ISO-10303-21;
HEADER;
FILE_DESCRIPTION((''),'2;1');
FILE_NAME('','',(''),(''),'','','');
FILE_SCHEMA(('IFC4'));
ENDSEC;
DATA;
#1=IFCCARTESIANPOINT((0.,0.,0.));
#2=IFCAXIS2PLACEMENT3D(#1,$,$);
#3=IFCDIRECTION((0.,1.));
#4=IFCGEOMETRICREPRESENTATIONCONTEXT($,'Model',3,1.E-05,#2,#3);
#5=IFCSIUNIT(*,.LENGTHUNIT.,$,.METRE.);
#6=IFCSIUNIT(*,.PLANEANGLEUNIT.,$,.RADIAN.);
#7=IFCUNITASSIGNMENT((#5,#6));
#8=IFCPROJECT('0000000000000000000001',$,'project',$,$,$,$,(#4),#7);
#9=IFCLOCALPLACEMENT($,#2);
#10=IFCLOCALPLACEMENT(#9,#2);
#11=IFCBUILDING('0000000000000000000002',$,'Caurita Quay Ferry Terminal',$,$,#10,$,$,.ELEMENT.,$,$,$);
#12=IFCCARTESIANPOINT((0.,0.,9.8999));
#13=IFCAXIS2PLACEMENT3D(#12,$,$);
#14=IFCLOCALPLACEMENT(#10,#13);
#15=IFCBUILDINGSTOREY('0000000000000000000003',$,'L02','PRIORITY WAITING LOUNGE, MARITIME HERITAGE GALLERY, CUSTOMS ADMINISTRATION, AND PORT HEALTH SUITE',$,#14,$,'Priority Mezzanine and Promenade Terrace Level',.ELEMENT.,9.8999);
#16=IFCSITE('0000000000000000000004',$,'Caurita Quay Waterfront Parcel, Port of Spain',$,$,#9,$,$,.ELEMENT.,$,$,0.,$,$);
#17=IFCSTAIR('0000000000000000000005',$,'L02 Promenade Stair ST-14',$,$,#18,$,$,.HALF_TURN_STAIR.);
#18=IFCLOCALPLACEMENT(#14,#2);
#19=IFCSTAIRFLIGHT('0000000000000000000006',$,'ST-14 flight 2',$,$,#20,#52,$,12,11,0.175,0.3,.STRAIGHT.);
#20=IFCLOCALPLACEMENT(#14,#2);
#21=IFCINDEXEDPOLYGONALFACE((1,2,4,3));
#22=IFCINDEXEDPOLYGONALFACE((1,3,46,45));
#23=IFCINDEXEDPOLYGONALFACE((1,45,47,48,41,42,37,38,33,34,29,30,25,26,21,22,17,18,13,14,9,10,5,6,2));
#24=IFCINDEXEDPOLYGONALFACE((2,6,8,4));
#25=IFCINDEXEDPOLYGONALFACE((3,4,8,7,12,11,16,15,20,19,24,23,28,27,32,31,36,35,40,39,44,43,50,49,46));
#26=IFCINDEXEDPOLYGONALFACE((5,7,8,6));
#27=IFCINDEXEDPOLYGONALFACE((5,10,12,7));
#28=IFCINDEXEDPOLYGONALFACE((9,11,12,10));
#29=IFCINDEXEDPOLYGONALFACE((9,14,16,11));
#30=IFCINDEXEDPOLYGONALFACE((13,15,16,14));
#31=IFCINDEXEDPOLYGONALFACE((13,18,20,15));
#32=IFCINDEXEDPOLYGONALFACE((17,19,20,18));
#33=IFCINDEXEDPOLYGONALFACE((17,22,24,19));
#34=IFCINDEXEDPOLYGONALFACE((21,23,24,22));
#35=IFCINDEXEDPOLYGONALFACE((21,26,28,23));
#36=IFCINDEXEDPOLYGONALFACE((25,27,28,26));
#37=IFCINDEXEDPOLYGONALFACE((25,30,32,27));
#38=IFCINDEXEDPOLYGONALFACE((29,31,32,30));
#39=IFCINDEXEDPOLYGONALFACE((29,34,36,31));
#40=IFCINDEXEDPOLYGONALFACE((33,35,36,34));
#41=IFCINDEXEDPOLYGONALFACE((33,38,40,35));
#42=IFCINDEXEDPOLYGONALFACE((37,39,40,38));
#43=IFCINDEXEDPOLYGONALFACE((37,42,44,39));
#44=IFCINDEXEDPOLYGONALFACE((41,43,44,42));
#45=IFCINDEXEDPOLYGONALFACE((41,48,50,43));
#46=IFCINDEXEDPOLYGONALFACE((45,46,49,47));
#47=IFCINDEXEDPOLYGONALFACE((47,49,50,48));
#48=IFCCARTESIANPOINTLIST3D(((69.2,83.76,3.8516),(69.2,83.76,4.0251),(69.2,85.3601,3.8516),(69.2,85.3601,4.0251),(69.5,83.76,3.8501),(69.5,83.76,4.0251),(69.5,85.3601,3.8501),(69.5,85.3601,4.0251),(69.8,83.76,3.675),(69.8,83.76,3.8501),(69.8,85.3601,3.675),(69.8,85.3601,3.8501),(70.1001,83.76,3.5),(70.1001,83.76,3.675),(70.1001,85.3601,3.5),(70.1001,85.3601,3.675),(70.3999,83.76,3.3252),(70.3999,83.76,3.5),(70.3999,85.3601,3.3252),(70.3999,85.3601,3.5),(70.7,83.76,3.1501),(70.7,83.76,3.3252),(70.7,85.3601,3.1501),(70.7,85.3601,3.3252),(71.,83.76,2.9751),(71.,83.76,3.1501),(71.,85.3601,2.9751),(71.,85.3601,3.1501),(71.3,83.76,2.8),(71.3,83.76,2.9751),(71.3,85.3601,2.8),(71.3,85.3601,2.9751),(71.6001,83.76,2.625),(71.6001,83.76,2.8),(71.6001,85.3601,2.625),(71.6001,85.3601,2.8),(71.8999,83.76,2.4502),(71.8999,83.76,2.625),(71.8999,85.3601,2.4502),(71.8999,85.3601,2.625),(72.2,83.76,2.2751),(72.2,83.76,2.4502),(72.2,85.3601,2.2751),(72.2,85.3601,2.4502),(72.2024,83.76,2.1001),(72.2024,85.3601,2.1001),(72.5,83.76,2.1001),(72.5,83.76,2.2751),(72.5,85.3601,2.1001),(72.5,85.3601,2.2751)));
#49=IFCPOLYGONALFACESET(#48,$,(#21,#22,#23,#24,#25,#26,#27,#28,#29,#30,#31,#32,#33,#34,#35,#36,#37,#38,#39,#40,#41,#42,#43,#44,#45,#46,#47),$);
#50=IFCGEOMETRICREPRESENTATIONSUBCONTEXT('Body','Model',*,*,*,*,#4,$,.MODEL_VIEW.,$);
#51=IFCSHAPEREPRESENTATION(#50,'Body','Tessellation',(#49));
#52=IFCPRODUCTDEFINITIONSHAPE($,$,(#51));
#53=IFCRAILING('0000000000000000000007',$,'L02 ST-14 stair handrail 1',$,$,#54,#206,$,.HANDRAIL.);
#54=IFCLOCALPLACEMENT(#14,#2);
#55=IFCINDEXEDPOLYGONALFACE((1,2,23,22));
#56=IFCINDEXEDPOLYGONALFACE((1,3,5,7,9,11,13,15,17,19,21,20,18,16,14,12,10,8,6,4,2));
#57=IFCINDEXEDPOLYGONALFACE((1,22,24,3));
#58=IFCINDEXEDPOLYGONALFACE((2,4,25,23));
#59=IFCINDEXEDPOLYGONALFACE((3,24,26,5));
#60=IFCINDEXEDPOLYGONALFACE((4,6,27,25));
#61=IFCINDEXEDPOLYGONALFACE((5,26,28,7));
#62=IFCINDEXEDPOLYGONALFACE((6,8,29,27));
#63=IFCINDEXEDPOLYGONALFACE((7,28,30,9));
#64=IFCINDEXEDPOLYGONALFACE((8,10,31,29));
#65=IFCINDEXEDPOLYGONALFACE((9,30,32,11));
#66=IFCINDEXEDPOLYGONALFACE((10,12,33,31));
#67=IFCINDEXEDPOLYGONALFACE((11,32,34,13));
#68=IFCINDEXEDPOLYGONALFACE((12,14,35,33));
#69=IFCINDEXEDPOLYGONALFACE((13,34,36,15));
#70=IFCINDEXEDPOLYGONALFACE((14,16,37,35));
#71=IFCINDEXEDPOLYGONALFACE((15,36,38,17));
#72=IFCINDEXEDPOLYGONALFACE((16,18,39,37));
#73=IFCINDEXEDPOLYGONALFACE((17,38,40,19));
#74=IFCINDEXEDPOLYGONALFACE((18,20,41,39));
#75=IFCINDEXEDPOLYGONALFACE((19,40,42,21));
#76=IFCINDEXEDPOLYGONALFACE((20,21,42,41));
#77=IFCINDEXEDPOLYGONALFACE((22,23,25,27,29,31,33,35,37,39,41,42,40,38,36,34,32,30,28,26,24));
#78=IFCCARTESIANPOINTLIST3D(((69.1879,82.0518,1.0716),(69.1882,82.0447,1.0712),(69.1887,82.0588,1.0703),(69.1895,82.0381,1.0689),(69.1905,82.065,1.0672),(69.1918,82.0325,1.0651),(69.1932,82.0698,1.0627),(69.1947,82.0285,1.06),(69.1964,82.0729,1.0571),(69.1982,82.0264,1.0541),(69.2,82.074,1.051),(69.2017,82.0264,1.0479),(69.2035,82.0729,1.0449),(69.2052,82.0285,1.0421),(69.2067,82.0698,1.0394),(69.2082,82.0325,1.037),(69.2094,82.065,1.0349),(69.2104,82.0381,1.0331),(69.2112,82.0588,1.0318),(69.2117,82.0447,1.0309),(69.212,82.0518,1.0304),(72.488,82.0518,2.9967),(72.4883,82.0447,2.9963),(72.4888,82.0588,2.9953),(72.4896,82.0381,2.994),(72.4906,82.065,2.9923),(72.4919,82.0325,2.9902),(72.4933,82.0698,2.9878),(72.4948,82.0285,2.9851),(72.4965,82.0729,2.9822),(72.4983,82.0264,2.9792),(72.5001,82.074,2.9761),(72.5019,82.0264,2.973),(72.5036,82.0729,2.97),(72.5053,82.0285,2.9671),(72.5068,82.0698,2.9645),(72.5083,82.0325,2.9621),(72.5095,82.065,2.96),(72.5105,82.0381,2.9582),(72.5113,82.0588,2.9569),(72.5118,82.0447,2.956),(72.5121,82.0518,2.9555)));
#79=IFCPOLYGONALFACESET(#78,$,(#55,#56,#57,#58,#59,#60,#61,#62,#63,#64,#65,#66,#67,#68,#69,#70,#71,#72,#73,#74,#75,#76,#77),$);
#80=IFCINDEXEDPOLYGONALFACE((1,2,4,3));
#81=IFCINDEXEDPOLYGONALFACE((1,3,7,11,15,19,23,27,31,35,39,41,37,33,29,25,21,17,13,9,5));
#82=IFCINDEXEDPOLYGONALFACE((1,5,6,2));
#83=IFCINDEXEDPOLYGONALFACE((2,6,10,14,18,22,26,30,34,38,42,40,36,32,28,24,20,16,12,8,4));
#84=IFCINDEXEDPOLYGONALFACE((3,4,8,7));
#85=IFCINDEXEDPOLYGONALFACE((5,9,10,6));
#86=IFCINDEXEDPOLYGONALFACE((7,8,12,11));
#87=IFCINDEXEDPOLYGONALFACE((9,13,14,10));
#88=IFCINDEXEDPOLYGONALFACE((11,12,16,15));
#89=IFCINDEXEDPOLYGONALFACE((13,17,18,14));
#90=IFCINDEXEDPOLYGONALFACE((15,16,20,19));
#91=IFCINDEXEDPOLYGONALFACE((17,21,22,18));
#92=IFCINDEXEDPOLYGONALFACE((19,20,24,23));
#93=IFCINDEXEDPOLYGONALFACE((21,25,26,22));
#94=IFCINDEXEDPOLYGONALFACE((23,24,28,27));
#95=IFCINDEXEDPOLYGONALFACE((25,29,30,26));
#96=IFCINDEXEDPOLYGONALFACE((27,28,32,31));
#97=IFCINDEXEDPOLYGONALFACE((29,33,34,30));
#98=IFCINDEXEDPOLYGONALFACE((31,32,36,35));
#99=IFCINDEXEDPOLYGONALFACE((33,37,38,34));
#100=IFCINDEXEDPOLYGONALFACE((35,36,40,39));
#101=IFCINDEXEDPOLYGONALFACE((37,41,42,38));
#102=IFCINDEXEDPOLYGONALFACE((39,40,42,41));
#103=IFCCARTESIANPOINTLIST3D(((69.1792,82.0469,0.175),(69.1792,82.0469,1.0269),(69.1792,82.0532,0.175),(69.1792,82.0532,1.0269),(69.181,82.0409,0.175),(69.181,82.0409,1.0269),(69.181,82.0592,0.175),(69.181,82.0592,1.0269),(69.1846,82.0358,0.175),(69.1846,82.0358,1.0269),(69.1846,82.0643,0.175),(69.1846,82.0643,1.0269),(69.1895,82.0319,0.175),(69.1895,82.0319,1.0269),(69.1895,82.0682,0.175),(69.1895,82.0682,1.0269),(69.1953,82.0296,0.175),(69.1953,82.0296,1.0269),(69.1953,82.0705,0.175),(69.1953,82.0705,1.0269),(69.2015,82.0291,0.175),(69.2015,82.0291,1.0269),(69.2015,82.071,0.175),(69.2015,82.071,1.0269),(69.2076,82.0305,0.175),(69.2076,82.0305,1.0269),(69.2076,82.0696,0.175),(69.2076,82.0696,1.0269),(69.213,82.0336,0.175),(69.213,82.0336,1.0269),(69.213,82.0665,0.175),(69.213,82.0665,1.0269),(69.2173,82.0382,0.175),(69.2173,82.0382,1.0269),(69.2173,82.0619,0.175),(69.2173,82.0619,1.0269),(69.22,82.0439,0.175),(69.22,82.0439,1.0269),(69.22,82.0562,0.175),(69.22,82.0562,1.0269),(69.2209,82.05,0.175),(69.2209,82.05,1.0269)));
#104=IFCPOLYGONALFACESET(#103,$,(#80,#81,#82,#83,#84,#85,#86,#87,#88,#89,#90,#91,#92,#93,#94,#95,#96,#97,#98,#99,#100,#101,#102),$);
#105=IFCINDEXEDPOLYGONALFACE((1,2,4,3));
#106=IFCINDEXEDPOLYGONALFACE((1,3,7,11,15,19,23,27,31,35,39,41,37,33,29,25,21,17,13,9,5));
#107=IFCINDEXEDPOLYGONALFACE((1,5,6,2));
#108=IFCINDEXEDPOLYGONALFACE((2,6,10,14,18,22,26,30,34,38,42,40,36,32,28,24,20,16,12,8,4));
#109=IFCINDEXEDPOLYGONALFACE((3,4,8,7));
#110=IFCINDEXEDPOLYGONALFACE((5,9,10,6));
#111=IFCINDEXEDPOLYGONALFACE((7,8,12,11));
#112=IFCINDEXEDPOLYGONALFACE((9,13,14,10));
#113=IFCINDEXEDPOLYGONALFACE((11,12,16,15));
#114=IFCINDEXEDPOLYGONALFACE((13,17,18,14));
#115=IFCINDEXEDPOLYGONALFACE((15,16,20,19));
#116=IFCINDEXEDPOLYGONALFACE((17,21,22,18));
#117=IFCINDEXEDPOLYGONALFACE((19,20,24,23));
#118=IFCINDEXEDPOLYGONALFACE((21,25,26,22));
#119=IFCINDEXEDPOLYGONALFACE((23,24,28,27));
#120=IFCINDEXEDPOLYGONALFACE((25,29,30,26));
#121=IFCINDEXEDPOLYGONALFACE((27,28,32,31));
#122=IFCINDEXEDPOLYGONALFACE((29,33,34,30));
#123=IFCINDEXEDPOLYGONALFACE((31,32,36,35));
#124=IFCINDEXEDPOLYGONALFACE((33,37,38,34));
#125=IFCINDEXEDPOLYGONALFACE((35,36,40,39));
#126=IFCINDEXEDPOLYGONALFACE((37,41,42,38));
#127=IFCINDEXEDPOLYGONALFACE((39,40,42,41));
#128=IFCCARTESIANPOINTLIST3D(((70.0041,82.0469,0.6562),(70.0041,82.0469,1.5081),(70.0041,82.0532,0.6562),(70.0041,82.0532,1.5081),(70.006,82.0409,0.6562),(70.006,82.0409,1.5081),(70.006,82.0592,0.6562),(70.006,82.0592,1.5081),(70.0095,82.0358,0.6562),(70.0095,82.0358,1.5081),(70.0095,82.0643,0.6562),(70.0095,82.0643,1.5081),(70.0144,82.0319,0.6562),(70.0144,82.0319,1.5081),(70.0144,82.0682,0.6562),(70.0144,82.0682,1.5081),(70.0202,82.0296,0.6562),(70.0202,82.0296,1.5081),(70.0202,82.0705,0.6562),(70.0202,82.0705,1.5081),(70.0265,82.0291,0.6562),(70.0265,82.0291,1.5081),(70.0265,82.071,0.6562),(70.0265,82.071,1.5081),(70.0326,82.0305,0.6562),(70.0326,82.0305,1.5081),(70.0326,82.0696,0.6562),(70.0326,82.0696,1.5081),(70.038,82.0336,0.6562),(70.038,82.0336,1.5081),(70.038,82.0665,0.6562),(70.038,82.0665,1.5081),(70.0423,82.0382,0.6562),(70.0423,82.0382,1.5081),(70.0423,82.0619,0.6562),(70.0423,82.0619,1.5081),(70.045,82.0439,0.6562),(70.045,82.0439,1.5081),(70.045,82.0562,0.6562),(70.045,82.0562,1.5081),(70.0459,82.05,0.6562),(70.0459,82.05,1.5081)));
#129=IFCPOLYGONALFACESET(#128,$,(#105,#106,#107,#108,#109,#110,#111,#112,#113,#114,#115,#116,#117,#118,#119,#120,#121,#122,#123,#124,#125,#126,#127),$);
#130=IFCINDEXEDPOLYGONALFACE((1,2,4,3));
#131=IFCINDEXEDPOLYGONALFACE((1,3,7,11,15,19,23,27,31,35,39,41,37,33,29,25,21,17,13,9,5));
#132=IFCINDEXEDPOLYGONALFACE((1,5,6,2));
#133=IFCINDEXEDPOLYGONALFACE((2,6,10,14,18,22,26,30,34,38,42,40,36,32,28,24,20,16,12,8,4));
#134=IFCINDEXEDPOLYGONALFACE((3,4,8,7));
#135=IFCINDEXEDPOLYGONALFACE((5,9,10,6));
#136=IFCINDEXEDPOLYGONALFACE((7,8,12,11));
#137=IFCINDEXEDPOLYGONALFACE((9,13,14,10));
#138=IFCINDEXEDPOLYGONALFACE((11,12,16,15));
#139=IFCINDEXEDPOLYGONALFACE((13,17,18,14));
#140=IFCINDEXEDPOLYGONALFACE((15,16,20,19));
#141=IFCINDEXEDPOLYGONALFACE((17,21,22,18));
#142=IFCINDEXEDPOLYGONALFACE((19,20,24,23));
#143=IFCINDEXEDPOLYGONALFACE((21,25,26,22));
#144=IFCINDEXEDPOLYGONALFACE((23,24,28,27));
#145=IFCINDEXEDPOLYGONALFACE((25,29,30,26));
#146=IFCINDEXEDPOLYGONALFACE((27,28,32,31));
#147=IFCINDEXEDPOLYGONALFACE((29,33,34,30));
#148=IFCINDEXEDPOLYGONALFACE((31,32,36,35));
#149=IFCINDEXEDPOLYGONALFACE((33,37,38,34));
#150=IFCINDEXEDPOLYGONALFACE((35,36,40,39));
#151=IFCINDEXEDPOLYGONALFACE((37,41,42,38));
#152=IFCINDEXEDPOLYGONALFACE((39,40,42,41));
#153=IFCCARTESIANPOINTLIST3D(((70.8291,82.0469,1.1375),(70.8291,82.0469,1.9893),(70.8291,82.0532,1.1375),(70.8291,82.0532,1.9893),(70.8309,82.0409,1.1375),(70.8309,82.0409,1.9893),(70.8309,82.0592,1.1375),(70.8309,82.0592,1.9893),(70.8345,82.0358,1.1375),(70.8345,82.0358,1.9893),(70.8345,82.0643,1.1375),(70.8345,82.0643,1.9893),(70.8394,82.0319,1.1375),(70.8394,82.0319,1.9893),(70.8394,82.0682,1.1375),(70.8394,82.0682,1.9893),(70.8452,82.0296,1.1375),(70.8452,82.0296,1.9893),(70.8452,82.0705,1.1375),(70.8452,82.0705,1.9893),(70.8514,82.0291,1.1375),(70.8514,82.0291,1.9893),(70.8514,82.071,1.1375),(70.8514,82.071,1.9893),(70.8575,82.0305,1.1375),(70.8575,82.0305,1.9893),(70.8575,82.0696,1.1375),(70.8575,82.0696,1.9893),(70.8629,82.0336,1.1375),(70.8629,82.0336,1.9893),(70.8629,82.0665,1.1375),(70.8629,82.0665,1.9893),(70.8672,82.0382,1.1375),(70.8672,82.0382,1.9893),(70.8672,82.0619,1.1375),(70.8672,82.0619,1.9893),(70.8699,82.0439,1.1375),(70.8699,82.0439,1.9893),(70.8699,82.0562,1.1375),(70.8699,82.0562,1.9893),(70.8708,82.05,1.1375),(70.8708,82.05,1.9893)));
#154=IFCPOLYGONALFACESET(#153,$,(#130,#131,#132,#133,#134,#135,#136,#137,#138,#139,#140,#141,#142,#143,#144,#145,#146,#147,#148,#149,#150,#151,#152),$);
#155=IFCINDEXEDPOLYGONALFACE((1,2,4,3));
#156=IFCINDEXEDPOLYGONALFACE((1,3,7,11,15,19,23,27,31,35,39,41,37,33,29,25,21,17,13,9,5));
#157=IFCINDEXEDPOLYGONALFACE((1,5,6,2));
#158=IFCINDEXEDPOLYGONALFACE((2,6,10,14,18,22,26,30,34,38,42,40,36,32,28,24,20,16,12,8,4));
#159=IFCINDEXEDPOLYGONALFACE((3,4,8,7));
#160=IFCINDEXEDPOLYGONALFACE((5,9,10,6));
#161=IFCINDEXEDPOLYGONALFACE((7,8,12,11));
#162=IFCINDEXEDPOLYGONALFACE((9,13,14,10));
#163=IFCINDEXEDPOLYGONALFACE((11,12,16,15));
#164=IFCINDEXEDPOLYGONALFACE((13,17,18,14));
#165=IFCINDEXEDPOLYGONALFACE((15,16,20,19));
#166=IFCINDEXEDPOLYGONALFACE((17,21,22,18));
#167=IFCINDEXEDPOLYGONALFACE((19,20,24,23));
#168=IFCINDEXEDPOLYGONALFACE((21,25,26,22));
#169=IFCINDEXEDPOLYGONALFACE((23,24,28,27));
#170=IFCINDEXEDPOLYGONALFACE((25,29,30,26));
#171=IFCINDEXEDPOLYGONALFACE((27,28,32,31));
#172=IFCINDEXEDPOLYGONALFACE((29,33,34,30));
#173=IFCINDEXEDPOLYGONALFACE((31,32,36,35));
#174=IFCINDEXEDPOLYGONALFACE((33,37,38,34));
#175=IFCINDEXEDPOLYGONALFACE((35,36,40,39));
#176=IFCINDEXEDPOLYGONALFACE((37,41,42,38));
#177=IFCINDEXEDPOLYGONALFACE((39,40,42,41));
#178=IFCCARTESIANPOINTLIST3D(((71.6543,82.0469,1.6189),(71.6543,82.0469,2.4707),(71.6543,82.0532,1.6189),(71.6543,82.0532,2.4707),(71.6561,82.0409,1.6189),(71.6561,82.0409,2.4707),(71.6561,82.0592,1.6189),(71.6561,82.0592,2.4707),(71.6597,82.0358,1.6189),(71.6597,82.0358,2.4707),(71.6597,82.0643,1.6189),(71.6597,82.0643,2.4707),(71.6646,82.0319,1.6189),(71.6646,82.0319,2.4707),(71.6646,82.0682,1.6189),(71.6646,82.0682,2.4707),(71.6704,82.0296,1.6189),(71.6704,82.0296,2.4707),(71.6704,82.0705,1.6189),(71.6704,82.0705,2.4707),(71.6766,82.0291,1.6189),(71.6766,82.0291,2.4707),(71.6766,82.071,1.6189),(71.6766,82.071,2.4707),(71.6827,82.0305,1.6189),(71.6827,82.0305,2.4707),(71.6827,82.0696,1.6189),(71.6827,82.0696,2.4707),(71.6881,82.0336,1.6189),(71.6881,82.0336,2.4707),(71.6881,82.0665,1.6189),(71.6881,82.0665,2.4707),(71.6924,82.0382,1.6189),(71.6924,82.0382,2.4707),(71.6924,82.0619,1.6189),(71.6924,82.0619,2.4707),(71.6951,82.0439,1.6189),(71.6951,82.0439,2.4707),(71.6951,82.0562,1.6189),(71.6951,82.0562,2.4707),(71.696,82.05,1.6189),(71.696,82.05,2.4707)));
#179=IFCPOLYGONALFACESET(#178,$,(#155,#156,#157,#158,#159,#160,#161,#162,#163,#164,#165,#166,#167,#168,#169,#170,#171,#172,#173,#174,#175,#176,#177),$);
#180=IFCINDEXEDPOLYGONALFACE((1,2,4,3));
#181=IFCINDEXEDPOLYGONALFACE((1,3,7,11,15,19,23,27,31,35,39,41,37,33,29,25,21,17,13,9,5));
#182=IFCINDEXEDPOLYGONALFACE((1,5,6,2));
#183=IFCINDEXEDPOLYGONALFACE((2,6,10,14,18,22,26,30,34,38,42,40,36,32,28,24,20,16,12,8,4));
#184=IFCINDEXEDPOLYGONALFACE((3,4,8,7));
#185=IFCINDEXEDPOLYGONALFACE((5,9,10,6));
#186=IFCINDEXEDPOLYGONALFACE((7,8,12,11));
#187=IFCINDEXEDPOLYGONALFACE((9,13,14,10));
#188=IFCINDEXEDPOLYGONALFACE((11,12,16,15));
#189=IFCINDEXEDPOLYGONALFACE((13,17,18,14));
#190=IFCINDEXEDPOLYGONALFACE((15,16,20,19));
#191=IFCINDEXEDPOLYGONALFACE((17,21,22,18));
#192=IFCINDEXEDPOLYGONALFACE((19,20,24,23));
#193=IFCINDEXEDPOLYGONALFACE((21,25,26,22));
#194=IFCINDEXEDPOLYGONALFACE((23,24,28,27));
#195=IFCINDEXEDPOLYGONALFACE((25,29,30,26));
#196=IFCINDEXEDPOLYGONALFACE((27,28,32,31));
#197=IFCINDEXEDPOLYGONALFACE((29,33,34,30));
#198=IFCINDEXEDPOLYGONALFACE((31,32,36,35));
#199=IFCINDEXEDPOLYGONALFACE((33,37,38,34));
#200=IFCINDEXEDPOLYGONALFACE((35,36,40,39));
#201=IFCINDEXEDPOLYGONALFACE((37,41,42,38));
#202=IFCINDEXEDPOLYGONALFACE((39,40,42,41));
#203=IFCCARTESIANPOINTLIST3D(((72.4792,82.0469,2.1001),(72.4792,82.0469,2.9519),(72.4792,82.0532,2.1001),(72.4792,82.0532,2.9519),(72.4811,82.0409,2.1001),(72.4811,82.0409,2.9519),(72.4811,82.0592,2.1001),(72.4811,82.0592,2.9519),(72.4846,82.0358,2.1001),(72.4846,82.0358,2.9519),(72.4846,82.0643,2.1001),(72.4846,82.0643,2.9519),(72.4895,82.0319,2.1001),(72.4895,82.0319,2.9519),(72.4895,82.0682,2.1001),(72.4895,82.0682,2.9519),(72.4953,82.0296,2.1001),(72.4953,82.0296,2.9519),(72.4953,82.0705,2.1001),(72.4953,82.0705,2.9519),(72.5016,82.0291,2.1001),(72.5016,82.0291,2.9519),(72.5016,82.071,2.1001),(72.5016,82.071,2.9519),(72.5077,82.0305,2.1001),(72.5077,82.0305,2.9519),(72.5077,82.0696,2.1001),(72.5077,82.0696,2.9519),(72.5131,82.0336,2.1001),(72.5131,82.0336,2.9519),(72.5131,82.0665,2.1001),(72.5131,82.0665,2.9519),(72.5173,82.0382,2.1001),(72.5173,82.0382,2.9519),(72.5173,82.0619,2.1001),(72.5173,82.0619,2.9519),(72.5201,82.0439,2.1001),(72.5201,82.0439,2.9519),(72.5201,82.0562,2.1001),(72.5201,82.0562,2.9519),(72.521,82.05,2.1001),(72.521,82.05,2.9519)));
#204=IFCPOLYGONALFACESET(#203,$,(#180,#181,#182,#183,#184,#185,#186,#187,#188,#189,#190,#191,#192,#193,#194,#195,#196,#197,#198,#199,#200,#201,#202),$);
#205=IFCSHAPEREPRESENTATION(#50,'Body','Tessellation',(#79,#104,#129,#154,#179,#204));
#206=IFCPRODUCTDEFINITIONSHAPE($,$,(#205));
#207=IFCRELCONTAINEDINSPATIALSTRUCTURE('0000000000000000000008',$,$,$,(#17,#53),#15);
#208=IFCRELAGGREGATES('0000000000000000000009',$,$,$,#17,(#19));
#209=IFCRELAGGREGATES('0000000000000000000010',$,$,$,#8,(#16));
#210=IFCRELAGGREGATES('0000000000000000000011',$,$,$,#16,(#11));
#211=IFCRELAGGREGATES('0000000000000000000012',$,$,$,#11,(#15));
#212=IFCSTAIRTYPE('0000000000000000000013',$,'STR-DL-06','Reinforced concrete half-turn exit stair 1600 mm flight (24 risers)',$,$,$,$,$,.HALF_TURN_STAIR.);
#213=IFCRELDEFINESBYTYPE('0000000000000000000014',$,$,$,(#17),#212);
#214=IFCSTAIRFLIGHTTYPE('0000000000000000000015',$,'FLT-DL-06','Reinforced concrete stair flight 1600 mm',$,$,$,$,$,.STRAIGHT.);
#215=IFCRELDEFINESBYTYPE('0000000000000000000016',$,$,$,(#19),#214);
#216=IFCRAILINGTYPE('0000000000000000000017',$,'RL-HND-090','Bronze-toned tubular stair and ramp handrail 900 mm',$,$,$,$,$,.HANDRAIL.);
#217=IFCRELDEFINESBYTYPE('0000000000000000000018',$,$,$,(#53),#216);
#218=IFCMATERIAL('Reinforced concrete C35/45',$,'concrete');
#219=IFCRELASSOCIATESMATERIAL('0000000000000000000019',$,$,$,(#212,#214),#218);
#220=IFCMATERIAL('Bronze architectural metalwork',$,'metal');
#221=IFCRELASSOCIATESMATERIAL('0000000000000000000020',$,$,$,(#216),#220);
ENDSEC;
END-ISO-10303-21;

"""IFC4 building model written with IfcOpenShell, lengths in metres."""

from ifc_helpers import new_model, si_unit, direction, frame, origin, origin_2d, place, context, subcontext, project, spatial, polyline, circle, outline, extrude, material, type_object, element, aggregate, save


model = new_model("IFC4")

# Units and contexts
model_context = context("Model", 3, precision=1e-05, world=origin(), true_north=direction((0.0, 1.0)))
body_context = subcontext(model_context, "Body", "Model", "MODEL_VIEW")
ifc_project = project(units=[si_unit("LENGTHUNIT", "METRE"), si_unit("PLANEANGLEUNIT", "RADIAN")], contexts=[model_context])

# Site, building, storey
site_placement = place(None, origin())
site = spatial("IfcSite", under=ifc_project, at=site_placement, Name="Caurita Quay Waterfront Parcel, Port of Spain", CompositionType="ELEMENT", RefElevation=0.0)
building_placement = place(site_placement, origin())
building = spatial("IfcBuilding", under=site, at=building_placement, Name="Caurita Quay Ferry Terminal", CompositionType="ELEMENT")
storey_placement = place(building_placement, frame((0.0, 0.0, 9.8999)))
storey = spatial("IfcBuildingStorey", under=building, at=storey_placement, Name="L02", Description="PRIORITY WAITING LOUNGE, MARITIME HERITAGE GALLERY, CUSTOMS ADMINISTRATION, AND PORT HEALTH SUITE", LongName="Priority Mezzanine and Promenade Terrace Level", CompositionType="ELEMENT", Elevation=9.8999)

# Shared definitions
ifc_material_1 = material(Name="Reinforced concrete C35/45", Category="concrete")

# Stair, stair flight
stair_type = type_object("IfcStairType", Name="STR-DL-06", Description="Reinforced concrete half-turn exit stair 1600 mm flight (24 risers)", PredefinedType="HALF_TURN_STAIR", material=ifc_material_1)
stair_placement = place(storey_placement, origin())
stair = element("IfcStair", 1, at=stair_placement, inside=storey, type_object=stair_type, Name="L02 Promenade Stair ST-14", PredefinedType="HALF_TURN_STAIR")
stair_flight_type = type_object("IfcStairFlightType", Name="FLT-DL-06", Description="Reinforced concrete stair flight 1600 mm", PredefinedType="STRAIGHT", material=ifc_material_1)
stair_flight_1_placement = place(storey_placement, frame((72.5, 84.5601, 2.1001), z_axis=(0.0, 0.0, 1.0), x_axis=(-1.0, 0.0, 0.0)))
stair_flight_1 = element("IfcStairFlight", 2, at=stair_flight_1_placement, type_object=stair_flight_type, Name="ST-14 flight 2", NumberOfRisers=12, NumberOfTreads=11, PredefinedType="STRAIGHT", RiserHeight=0.175, TreadLength=0.3, context=body_context, shape_type="SweptSolid", body=[
    extrude(outline(polyline([(0.0, 0.0), (0.0, 0.175), (0.3, 0.175), (0.3, 0.3501), (0.6001, 0.3501), (0.6001, 0.5249), (0.8999, 0.5249), (0.8999, 0.7), (1.2, 0.7), (1.2, 0.875), (1.5, 0.875), (1.5, 1.05), (1.8, 1.05), (1.8, 1.2251), (2.1001, 1.2251), (2.1001, 1.3999), (2.3999, 1.3999), (2.3999, 1.575), (2.7, 1.575), (2.7, 1.75), (3.0, 1.75), (3.0, 1.925), (3.3, 1.925), (3.3, 2.1001), (3.3, 1.7515), (0.2976, 0.0), (0.0, 0.0)])), frame((0.0, 0.8, 0.0), z_axis=(0.0, -1.0, 0.0), x_axis=(1.0, 0.0, 0.0)), (0.0, 0.0, 1.0), 1.6001),
])
aggregate(stair, [stair_flight_1])

# Railing
ifc_material_2 = material(Name="Bronze architectural metalwork", Category="metal")
railing_type_1 = type_object("IfcRailingType", Name="RL-HND-090", Description="Bronze-toned tubular stair and ramp handrail 900 mm", PredefinedType="HANDRAIL", material=ifc_material_2)
railing_1_placement = place(storey_placement, frame((69.2, 82.05, 0.175)))
element("IfcRailing", 3, at=railing_1_placement, inside=storey, type_object=railing_type_1, Name="L02 ST-14 stair handrail 1", PredefinedType="HANDRAIL", context=body_context, shape_type="SweptSolid", body=[
    extrude(circle(Radius=0.0239, at=origin_2d()), frame((0.0, 0.0, 0.876), z_axis=(0.863777, 0.0, 0.503875), x_axis=(0.0, 1.0, 0.0)), (0.0, 0.0, 1.0), 3.8206),
    extrude(circle(Radius=0.021, at=origin_2d()), origin(), (0.0, 0.0, 1.0), 0.8518),
    extrude(circle(Radius=0.021, at=origin_2d()), frame((0.825, 0.0, 0.4812)), (0.0, 0.0, 1.0), 0.8518),
    extrude(circle(Radius=0.021, at=origin_2d()), frame((1.6499, 0.0, 0.9624)), (0.0, 0.0, 1.0), 0.8518),
    extrude(circle(Radius=0.021, at=origin_2d()), frame((2.4751, 0.0, 1.4438)), (0.0, 0.0, 1.0), 0.8518),
    extrude(circle(Radius=0.021, at=origin_2d()), frame((3.3, 0.0, 1.925)), (0.0, 0.0, 1.0), 0.8518),
])

save(model, "model.ifc")
